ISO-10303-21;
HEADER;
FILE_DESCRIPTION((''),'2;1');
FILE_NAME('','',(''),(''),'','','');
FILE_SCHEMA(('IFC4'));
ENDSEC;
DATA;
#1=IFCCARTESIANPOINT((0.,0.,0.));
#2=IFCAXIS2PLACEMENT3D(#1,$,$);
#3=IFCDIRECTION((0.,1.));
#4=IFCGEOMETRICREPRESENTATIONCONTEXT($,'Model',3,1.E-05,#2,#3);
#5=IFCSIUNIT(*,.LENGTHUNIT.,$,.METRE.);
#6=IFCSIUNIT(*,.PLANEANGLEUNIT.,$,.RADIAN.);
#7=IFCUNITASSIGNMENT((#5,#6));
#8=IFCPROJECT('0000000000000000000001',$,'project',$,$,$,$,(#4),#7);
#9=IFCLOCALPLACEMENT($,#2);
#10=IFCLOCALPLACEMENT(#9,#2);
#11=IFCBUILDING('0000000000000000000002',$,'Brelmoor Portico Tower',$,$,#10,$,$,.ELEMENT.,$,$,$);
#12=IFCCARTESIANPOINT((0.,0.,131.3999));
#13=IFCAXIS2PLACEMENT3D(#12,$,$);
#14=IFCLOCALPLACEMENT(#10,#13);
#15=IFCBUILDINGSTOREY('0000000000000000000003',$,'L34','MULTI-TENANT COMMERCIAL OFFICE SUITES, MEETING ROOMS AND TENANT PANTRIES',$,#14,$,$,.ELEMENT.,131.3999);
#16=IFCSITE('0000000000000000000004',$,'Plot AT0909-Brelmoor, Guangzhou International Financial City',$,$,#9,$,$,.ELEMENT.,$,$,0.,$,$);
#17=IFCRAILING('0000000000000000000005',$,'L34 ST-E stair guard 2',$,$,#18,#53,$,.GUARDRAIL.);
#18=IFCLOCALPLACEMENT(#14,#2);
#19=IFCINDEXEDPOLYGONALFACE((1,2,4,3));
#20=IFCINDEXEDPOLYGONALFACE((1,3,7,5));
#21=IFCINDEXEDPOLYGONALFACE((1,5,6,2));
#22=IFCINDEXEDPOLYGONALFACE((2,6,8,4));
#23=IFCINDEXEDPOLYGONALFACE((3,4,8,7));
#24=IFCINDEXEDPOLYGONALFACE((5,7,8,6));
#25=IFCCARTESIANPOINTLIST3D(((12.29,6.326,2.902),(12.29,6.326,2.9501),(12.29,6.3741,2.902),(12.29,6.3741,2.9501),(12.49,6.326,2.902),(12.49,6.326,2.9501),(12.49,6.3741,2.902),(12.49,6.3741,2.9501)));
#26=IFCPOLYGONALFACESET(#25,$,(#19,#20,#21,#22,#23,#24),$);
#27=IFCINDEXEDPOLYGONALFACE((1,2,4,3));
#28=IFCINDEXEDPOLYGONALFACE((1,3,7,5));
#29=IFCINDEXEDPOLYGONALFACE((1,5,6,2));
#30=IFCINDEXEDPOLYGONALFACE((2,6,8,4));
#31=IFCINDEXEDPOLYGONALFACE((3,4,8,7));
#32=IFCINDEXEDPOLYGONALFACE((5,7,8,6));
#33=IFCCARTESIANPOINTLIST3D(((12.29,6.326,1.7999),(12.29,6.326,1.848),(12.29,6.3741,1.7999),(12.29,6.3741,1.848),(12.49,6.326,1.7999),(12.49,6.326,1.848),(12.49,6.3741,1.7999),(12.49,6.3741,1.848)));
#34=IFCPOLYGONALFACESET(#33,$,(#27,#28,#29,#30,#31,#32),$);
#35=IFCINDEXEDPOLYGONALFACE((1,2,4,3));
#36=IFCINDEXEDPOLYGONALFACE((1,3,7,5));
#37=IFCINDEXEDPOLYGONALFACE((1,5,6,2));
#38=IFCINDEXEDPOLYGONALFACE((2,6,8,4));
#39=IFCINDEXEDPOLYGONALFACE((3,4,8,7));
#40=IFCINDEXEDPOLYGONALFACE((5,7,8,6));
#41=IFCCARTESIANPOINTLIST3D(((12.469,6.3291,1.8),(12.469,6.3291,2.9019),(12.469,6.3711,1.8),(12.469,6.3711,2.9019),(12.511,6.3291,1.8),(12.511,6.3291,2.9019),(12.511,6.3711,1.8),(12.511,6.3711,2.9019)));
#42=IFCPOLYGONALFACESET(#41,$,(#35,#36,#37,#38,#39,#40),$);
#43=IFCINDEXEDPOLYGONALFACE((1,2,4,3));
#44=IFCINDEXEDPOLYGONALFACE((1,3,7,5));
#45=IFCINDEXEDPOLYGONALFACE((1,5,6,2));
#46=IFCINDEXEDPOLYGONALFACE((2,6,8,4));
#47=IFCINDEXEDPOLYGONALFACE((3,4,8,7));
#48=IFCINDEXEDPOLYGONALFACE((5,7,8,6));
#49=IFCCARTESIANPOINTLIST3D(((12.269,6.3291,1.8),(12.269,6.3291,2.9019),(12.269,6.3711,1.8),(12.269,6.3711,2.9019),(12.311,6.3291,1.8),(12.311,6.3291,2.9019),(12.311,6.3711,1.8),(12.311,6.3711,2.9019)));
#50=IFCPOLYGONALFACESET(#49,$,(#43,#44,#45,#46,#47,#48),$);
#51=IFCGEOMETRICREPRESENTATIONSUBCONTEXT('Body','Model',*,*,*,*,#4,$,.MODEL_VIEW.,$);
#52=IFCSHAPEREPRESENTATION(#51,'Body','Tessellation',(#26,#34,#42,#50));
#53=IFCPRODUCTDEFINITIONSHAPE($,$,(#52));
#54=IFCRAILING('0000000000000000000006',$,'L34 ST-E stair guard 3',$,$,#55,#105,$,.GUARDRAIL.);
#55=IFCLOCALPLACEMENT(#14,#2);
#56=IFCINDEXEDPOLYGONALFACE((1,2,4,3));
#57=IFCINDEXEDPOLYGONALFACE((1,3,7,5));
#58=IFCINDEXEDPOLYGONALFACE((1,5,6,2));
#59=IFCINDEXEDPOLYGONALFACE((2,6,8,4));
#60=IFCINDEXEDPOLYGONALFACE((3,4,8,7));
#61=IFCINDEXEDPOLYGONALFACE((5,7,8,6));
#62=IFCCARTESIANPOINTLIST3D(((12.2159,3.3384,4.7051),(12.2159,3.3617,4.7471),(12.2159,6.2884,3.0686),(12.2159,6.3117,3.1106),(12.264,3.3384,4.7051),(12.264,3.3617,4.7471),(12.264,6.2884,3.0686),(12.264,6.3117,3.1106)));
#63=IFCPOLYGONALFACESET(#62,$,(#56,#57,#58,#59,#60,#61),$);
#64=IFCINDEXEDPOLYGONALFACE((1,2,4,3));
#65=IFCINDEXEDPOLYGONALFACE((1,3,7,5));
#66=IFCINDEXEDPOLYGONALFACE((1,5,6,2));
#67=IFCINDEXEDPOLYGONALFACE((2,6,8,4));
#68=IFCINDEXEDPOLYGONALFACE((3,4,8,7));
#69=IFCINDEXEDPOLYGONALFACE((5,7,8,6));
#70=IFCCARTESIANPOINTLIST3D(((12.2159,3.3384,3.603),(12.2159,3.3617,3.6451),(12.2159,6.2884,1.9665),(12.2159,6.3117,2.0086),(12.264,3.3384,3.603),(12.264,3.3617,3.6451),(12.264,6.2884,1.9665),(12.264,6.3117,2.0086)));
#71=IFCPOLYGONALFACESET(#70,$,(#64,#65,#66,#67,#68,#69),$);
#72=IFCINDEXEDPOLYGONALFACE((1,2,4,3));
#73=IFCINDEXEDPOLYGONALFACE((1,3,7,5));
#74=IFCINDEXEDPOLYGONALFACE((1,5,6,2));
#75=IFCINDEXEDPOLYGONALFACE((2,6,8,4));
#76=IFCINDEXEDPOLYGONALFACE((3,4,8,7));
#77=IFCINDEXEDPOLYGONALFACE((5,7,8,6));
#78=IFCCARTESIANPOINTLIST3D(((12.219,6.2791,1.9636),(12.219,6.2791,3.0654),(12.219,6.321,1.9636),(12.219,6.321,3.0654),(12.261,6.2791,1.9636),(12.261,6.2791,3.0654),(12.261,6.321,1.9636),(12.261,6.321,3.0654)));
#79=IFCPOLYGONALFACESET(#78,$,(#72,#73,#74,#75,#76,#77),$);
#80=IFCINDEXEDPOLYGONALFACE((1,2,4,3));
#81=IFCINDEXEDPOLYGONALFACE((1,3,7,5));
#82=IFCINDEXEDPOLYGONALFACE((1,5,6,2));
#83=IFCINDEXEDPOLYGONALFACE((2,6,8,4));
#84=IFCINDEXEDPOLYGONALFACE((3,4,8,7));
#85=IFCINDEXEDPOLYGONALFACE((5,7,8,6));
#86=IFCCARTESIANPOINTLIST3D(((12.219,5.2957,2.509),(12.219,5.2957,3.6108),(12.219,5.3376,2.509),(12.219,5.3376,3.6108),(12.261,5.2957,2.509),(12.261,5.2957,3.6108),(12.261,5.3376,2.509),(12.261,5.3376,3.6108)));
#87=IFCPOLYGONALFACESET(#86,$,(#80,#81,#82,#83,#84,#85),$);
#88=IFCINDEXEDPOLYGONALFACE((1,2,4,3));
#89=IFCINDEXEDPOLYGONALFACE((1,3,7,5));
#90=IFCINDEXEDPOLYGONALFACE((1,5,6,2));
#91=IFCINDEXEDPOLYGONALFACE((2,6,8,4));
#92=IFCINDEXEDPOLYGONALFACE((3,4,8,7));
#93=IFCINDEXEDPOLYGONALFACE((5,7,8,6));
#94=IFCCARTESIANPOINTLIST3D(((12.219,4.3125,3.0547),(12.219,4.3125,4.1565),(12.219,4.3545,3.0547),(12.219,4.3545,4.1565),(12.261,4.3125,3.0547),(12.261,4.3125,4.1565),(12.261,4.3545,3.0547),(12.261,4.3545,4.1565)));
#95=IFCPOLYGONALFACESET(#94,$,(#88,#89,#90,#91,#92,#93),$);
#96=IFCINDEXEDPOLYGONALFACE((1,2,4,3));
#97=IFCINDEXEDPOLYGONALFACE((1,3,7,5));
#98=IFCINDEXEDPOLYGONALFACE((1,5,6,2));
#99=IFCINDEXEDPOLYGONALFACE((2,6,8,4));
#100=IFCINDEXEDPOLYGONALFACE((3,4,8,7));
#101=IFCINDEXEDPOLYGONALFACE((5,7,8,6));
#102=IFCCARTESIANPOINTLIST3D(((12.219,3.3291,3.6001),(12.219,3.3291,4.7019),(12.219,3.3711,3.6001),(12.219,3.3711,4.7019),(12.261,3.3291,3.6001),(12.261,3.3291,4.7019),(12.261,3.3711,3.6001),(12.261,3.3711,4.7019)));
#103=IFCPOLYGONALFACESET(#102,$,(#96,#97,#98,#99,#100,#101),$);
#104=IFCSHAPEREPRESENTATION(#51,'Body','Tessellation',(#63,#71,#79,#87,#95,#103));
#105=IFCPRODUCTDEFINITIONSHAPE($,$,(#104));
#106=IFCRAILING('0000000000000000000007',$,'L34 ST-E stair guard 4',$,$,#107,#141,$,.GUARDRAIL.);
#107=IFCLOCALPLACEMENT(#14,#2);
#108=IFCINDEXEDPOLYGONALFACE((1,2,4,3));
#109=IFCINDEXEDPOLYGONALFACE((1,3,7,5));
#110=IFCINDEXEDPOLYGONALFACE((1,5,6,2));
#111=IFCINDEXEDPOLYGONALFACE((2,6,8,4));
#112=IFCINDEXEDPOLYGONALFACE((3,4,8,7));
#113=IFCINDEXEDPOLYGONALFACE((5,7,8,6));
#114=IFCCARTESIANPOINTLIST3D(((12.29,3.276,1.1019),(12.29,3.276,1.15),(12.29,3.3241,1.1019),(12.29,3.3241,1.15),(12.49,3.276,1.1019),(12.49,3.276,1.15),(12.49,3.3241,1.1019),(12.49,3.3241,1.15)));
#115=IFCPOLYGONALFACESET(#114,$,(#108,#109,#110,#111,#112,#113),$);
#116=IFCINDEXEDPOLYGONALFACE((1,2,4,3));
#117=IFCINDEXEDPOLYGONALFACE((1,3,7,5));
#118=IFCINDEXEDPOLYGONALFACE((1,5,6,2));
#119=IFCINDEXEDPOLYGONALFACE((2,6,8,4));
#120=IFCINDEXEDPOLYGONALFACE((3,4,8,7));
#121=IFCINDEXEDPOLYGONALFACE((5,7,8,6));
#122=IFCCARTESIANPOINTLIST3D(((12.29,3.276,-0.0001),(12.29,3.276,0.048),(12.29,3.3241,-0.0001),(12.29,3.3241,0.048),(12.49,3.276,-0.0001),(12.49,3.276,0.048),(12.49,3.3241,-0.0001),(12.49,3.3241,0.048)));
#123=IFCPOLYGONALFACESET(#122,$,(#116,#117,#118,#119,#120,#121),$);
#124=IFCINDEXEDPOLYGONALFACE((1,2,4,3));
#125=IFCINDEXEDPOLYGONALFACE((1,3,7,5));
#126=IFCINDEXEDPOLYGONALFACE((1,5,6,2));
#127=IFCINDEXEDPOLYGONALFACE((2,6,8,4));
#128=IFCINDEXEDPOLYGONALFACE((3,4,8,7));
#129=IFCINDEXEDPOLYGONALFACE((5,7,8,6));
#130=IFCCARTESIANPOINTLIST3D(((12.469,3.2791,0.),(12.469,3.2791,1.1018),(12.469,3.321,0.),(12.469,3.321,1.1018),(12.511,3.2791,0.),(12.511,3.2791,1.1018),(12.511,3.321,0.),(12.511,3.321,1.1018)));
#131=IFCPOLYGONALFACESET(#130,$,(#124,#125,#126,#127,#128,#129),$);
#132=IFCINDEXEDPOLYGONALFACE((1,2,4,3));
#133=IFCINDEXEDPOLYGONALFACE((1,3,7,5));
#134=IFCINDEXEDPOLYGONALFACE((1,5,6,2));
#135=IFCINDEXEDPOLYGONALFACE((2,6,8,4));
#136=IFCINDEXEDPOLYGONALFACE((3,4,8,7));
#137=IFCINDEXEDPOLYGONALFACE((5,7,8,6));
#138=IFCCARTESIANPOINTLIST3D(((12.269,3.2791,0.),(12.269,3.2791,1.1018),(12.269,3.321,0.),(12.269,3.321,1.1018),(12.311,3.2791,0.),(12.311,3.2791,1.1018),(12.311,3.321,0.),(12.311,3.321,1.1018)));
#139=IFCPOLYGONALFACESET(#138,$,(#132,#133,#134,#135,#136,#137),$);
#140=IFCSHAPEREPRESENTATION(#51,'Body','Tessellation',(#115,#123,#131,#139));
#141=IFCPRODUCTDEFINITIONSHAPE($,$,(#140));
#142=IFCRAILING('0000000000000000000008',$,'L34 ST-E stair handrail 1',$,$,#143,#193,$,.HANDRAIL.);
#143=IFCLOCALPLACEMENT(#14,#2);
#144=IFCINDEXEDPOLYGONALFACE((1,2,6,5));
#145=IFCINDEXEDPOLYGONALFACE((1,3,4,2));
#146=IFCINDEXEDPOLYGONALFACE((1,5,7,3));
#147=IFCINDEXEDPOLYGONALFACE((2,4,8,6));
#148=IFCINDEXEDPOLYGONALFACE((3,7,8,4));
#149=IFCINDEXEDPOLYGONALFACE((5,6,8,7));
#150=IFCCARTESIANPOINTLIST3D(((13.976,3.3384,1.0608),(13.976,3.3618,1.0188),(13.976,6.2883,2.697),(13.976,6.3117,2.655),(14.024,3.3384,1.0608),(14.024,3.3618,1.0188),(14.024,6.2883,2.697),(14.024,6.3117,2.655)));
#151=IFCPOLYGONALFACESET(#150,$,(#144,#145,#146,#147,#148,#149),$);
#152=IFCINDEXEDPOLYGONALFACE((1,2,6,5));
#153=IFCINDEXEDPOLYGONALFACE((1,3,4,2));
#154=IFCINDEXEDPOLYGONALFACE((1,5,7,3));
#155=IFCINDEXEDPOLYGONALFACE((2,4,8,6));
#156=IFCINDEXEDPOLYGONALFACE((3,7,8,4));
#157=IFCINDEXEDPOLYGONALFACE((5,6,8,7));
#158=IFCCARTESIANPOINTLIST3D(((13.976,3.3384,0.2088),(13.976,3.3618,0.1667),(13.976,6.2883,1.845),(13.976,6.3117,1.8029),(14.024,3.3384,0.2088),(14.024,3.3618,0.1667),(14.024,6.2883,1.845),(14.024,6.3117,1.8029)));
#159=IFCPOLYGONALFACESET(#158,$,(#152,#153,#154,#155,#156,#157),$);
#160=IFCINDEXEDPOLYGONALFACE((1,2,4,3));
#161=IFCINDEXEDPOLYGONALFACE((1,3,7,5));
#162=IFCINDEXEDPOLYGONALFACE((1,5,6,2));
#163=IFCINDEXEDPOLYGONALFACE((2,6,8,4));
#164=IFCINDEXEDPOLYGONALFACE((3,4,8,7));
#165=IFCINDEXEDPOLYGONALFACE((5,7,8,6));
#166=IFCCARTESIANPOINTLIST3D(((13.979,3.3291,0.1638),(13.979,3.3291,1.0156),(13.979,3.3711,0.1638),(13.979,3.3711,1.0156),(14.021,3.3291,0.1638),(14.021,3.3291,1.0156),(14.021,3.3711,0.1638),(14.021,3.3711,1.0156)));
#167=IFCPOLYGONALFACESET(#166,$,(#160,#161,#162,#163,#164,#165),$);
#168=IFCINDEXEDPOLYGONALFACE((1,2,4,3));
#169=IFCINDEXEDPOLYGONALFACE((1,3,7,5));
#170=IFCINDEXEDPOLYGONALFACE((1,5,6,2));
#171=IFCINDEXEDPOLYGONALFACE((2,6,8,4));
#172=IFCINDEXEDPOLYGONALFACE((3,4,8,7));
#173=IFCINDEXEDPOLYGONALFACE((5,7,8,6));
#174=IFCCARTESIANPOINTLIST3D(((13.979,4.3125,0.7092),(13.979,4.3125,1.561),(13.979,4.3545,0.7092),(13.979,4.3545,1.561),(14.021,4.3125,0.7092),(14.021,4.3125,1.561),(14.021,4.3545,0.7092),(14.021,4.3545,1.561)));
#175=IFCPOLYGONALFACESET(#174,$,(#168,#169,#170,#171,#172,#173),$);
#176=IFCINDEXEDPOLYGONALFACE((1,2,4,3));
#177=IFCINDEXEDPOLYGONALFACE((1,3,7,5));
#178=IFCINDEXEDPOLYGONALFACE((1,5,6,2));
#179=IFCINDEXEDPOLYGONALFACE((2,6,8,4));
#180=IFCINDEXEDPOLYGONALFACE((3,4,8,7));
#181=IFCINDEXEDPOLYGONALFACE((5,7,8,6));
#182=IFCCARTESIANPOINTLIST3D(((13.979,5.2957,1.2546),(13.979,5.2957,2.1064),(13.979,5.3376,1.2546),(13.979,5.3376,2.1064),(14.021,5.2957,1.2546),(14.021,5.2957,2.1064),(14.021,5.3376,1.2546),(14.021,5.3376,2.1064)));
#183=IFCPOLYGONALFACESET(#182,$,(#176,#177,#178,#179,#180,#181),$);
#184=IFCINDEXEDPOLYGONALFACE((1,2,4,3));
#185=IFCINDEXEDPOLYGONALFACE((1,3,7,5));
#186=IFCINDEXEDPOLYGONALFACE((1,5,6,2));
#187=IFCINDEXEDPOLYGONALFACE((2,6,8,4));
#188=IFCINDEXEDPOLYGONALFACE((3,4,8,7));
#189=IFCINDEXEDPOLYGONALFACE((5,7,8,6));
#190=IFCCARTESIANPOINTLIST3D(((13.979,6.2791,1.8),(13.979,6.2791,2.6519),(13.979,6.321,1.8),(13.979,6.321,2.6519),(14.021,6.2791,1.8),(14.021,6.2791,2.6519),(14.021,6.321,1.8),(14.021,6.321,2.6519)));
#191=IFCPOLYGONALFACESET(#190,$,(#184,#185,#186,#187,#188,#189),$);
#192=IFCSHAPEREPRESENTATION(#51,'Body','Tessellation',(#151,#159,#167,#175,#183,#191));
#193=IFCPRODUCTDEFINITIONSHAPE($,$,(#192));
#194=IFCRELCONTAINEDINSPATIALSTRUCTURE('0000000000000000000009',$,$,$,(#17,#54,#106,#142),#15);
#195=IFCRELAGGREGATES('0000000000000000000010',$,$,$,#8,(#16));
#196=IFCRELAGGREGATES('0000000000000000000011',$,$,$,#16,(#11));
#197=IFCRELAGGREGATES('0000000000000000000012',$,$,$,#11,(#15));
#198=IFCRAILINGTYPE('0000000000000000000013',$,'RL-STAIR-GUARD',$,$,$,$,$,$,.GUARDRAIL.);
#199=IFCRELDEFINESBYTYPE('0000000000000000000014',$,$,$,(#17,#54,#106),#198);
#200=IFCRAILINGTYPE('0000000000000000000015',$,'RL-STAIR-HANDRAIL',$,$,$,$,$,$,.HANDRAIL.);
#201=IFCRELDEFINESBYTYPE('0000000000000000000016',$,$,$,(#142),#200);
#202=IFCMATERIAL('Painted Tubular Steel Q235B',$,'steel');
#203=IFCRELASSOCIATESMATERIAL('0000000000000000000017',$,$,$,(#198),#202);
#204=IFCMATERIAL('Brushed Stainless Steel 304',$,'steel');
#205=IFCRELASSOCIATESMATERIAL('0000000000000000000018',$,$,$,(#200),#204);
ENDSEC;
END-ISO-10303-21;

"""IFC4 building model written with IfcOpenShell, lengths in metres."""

from ifc_helpers import new_model, si_unit, direction, frame, origin, origin_2d, place, context, subcontext, project, spatial, rectangle, extrude, material, type_object, element, save


model = new_model("IFC4")

# Units and contexts
model_context = context("Model", 3, precision=1e-05, world=origin(), true_north=direction((0.0, 1.0)))
body_context = subcontext(model_context, "Body", "Model", "MODEL_VIEW")
ifc_project = project(units=[si_unit("LENGTHUNIT", "METRE"), si_unit("PLANEANGLEUNIT", "RADIAN")], contexts=[model_context])

# Site, building, storey
site_placement = place(None, origin())
site = spatial("IfcSite", under=ifc_project, at=site_placement, Name="Plot AT0909-Brelmoor, Guangzhou International Financial City", CompositionType="ELEMENT", RefElevation=0.0)
building_placement = place(site_placement, origin())
building = spatial("IfcBuilding", under=site, at=building_placement, Name="Brelmoor Portico Tower", CompositionType="ELEMENT")
storey_placement = place(building_placement, frame((0.0, 0.0, 131.3999)))
storey = spatial("IfcBuildingStorey", under=building, at=storey_placement, Name="L34", Description="MULTI-TENANT COMMERCIAL OFFICE SUITES, MEETING ROOMS AND TENANT PANTRIES", CompositionType="ELEMENT", Elevation=131.3999)

# Railings
ifc_material_1 = material(Name="Painted Tubular Steel Q235B", Category="steel")
railing_type_1 = type_object("IfcRailingType", Name="RL-STAIR-GUARD", PredefinedType="GUARDRAIL", material=ifc_material_1)
railing_1_placement = place(storey_placement, frame((12.49, 6.3501, 1.8)))
element("IfcRailing", 1, at=railing_1_placement, inside=storey, type_object=railing_type_1, Name="L34 ST-E stair guard 2", PredefinedType="GUARDRAIL", context=body_context, shape_type="SweptSolid", body=[
    extrude(rectangle(XDim=0.0481, YDim=0.0481, at=origin_2d()), frame((0.0, 0.0, 1.126), z_axis=(-1.0, 0.0, 0.0), x_axis=(0.0, -1.0, 0.0)), (0.0, 0.0, 1.0), 0.2),
    extrude(rectangle(XDim=0.0481, YDim=0.0481, at=origin_2d()), frame((0.0, 0.0, 0.0239), z_axis=(-1.0, 0.0, 0.0), x_axis=(0.0, -1.0, 0.0)), (0.0, 0.0, 1.0), 0.2),
    extrude(rectangle(XDim=0.042, YDim=0.042, at=origin_2d()), origin(), (0.0, 0.0, 1.0), 1.1018),
    extrude(rectangle(XDim=0.042, YDim=0.042, at=origin_2d()), frame((-0.2, 0.0, 0.0)), (0.0, 0.0, 1.0), 1.1018),
])
railing_2_placement = place(storey_placement, frame((12.24, 6.3, 1.9636)))
element("IfcRailing", 2, at=railing_2_placement, inside=storey, type_object=railing_type_1, Name="L34 ST-E stair guard 3", PredefinedType="GUARDRAIL", context=body_context, shape_type="SweptSolid", body=[
    extrude(rectangle(XDim=0.0481, YDim=0.0481, at=origin_2d()), frame((0.0, 0.0, 1.126), z_axis=(0.0, -0.874458, 0.485102), x_axis=(1.0, 0.0, 0.0)), (0.0, 0.0, 1.0), 3.3735),
    extrude(rectangle(XDim=0.0481, YDim=0.0481, at=origin_2d()), frame((0.0, 0.0, 0.0239), z_axis=(0.0, -0.874458, 0.485102), x_axis=(1.0, 0.0, 0.0)), (0.0, 0.0, 1.0), 3.3735),
    extrude(rectangle(XDim=0.042, YDim=0.042, at=origin_2d()), origin(), (0.0, 0.0, 1.0), 1.1018),
    extrude(rectangle(XDim=0.042, YDim=0.042, at=origin_2d()), frame((0.0, -0.9834, 0.5454)), (0.0, 0.0, 1.0), 1.1018),
    extrude(rectangle(XDim=0.042, YDim=0.042, at=origin_2d()), frame((0.0, -1.9666, 1.0911)), (0.0, 0.0, 1.0), 1.1018),
    extrude(rectangle(XDim=0.042, YDim=0.042, at=origin_2d()), frame((0.0, -2.95, 1.6365)), (0.0, 0.0, 1.0), 1.1018),
])
railing_3_placement = place(storey_placement, frame((12.49, 3.3, 0.0)))
element("IfcRailing", 3, at=railing_3_placement, inside=storey, type_object=railing_type_1, Name="L34 ST-E stair guard 4", PredefinedType="GUARDRAIL", context=body_context, shape_type="SweptSolid", body=[
    extrude(rectangle(XDim=0.0481, YDim=0.0481, at=origin_2d()), frame((0.0, 0.0, 1.126), z_axis=(-1.0, 0.0, 0.0), x_axis=(0.0, -1.0, 0.0)), (0.0, 0.0, 1.0), 0.2),
    extrude(rectangle(XDim=0.0481, YDim=0.0481, at=origin_2d()), frame((0.0, 0.0, 0.0239), z_axis=(-1.0, 0.0, 0.0), x_axis=(0.0, -1.0, 0.0)), (0.0, 0.0, 1.0), 0.2),
    extrude(rectangle(XDim=0.042, YDim=0.042, at=origin_2d()), origin(), (0.0, 0.0, 1.0), 1.1018),
    extrude(rectangle(XDim=0.042, YDim=0.042, at=origin_2d()), frame((-0.2, 0.0, 0.0)), (0.0, 0.0, 1.0), 1.1018),
])
ifc_material_2 = material(Name="Brushed Stainless Steel 304", Category="steel")
railing_type_2 = type_object("IfcRailingType", Name="RL-STAIR-HANDRAIL", PredefinedType="HANDRAIL", material=ifc_material_2)
railing_4_placement = place(storey_placement, frame((14.0, 3.3501, 0.1638)))
element("IfcRailing", 4, at=railing_4_placement, inside=storey, type_object=railing_type_2, Name="L34 ST-E stair handrail 1", PredefinedType="HANDRAIL", context=body_context, shape_type="SweptSolid", body=[
    extrude(rectangle(XDim=0.0481, YDim=0.0481, at=origin_2d()), frame((0.0, 0.0, 0.876), z_axis=(0.0, 0.874488, 0.485047), x_axis=(-1.0, 0.0, 0.0)), (0.0, 0.0, 1.0), 3.3733),
    extrude(rectangle(XDim=0.0481, YDim=0.0481, at=origin_2d()), frame((0.0, 0.0, 0.0239), z_axis=(0.0, 0.874488, 0.485047), x_axis=(-1.0, 0.0, 0.0)), (0.0, 0.0, 1.0), 3.3733),
    extrude(rectangle(XDim=0.042, YDim=0.042, at=origin_2d()), origin(), (0.0, 0.0, 1.0), 0.8518),
    extrude(rectangle(XDim=0.042, YDim=0.042, at=origin_2d()), frame((0.0, 0.9834, 0.5454)), (0.0, 0.0, 1.0), 0.8518),
    extrude(rectangle(XDim=0.042, YDim=0.042, at=origin_2d()), frame((0.0, 1.9666, 1.0908)), (0.0, 0.0, 1.0), 0.8518),
    extrude(rectangle(XDim=0.042, YDim=0.042, at=origin_2d()), frame((0.0, 2.95, 1.6362)), (0.0, 0.0, 1.0), 0.8518),
])

save(model, "model.ifc")
